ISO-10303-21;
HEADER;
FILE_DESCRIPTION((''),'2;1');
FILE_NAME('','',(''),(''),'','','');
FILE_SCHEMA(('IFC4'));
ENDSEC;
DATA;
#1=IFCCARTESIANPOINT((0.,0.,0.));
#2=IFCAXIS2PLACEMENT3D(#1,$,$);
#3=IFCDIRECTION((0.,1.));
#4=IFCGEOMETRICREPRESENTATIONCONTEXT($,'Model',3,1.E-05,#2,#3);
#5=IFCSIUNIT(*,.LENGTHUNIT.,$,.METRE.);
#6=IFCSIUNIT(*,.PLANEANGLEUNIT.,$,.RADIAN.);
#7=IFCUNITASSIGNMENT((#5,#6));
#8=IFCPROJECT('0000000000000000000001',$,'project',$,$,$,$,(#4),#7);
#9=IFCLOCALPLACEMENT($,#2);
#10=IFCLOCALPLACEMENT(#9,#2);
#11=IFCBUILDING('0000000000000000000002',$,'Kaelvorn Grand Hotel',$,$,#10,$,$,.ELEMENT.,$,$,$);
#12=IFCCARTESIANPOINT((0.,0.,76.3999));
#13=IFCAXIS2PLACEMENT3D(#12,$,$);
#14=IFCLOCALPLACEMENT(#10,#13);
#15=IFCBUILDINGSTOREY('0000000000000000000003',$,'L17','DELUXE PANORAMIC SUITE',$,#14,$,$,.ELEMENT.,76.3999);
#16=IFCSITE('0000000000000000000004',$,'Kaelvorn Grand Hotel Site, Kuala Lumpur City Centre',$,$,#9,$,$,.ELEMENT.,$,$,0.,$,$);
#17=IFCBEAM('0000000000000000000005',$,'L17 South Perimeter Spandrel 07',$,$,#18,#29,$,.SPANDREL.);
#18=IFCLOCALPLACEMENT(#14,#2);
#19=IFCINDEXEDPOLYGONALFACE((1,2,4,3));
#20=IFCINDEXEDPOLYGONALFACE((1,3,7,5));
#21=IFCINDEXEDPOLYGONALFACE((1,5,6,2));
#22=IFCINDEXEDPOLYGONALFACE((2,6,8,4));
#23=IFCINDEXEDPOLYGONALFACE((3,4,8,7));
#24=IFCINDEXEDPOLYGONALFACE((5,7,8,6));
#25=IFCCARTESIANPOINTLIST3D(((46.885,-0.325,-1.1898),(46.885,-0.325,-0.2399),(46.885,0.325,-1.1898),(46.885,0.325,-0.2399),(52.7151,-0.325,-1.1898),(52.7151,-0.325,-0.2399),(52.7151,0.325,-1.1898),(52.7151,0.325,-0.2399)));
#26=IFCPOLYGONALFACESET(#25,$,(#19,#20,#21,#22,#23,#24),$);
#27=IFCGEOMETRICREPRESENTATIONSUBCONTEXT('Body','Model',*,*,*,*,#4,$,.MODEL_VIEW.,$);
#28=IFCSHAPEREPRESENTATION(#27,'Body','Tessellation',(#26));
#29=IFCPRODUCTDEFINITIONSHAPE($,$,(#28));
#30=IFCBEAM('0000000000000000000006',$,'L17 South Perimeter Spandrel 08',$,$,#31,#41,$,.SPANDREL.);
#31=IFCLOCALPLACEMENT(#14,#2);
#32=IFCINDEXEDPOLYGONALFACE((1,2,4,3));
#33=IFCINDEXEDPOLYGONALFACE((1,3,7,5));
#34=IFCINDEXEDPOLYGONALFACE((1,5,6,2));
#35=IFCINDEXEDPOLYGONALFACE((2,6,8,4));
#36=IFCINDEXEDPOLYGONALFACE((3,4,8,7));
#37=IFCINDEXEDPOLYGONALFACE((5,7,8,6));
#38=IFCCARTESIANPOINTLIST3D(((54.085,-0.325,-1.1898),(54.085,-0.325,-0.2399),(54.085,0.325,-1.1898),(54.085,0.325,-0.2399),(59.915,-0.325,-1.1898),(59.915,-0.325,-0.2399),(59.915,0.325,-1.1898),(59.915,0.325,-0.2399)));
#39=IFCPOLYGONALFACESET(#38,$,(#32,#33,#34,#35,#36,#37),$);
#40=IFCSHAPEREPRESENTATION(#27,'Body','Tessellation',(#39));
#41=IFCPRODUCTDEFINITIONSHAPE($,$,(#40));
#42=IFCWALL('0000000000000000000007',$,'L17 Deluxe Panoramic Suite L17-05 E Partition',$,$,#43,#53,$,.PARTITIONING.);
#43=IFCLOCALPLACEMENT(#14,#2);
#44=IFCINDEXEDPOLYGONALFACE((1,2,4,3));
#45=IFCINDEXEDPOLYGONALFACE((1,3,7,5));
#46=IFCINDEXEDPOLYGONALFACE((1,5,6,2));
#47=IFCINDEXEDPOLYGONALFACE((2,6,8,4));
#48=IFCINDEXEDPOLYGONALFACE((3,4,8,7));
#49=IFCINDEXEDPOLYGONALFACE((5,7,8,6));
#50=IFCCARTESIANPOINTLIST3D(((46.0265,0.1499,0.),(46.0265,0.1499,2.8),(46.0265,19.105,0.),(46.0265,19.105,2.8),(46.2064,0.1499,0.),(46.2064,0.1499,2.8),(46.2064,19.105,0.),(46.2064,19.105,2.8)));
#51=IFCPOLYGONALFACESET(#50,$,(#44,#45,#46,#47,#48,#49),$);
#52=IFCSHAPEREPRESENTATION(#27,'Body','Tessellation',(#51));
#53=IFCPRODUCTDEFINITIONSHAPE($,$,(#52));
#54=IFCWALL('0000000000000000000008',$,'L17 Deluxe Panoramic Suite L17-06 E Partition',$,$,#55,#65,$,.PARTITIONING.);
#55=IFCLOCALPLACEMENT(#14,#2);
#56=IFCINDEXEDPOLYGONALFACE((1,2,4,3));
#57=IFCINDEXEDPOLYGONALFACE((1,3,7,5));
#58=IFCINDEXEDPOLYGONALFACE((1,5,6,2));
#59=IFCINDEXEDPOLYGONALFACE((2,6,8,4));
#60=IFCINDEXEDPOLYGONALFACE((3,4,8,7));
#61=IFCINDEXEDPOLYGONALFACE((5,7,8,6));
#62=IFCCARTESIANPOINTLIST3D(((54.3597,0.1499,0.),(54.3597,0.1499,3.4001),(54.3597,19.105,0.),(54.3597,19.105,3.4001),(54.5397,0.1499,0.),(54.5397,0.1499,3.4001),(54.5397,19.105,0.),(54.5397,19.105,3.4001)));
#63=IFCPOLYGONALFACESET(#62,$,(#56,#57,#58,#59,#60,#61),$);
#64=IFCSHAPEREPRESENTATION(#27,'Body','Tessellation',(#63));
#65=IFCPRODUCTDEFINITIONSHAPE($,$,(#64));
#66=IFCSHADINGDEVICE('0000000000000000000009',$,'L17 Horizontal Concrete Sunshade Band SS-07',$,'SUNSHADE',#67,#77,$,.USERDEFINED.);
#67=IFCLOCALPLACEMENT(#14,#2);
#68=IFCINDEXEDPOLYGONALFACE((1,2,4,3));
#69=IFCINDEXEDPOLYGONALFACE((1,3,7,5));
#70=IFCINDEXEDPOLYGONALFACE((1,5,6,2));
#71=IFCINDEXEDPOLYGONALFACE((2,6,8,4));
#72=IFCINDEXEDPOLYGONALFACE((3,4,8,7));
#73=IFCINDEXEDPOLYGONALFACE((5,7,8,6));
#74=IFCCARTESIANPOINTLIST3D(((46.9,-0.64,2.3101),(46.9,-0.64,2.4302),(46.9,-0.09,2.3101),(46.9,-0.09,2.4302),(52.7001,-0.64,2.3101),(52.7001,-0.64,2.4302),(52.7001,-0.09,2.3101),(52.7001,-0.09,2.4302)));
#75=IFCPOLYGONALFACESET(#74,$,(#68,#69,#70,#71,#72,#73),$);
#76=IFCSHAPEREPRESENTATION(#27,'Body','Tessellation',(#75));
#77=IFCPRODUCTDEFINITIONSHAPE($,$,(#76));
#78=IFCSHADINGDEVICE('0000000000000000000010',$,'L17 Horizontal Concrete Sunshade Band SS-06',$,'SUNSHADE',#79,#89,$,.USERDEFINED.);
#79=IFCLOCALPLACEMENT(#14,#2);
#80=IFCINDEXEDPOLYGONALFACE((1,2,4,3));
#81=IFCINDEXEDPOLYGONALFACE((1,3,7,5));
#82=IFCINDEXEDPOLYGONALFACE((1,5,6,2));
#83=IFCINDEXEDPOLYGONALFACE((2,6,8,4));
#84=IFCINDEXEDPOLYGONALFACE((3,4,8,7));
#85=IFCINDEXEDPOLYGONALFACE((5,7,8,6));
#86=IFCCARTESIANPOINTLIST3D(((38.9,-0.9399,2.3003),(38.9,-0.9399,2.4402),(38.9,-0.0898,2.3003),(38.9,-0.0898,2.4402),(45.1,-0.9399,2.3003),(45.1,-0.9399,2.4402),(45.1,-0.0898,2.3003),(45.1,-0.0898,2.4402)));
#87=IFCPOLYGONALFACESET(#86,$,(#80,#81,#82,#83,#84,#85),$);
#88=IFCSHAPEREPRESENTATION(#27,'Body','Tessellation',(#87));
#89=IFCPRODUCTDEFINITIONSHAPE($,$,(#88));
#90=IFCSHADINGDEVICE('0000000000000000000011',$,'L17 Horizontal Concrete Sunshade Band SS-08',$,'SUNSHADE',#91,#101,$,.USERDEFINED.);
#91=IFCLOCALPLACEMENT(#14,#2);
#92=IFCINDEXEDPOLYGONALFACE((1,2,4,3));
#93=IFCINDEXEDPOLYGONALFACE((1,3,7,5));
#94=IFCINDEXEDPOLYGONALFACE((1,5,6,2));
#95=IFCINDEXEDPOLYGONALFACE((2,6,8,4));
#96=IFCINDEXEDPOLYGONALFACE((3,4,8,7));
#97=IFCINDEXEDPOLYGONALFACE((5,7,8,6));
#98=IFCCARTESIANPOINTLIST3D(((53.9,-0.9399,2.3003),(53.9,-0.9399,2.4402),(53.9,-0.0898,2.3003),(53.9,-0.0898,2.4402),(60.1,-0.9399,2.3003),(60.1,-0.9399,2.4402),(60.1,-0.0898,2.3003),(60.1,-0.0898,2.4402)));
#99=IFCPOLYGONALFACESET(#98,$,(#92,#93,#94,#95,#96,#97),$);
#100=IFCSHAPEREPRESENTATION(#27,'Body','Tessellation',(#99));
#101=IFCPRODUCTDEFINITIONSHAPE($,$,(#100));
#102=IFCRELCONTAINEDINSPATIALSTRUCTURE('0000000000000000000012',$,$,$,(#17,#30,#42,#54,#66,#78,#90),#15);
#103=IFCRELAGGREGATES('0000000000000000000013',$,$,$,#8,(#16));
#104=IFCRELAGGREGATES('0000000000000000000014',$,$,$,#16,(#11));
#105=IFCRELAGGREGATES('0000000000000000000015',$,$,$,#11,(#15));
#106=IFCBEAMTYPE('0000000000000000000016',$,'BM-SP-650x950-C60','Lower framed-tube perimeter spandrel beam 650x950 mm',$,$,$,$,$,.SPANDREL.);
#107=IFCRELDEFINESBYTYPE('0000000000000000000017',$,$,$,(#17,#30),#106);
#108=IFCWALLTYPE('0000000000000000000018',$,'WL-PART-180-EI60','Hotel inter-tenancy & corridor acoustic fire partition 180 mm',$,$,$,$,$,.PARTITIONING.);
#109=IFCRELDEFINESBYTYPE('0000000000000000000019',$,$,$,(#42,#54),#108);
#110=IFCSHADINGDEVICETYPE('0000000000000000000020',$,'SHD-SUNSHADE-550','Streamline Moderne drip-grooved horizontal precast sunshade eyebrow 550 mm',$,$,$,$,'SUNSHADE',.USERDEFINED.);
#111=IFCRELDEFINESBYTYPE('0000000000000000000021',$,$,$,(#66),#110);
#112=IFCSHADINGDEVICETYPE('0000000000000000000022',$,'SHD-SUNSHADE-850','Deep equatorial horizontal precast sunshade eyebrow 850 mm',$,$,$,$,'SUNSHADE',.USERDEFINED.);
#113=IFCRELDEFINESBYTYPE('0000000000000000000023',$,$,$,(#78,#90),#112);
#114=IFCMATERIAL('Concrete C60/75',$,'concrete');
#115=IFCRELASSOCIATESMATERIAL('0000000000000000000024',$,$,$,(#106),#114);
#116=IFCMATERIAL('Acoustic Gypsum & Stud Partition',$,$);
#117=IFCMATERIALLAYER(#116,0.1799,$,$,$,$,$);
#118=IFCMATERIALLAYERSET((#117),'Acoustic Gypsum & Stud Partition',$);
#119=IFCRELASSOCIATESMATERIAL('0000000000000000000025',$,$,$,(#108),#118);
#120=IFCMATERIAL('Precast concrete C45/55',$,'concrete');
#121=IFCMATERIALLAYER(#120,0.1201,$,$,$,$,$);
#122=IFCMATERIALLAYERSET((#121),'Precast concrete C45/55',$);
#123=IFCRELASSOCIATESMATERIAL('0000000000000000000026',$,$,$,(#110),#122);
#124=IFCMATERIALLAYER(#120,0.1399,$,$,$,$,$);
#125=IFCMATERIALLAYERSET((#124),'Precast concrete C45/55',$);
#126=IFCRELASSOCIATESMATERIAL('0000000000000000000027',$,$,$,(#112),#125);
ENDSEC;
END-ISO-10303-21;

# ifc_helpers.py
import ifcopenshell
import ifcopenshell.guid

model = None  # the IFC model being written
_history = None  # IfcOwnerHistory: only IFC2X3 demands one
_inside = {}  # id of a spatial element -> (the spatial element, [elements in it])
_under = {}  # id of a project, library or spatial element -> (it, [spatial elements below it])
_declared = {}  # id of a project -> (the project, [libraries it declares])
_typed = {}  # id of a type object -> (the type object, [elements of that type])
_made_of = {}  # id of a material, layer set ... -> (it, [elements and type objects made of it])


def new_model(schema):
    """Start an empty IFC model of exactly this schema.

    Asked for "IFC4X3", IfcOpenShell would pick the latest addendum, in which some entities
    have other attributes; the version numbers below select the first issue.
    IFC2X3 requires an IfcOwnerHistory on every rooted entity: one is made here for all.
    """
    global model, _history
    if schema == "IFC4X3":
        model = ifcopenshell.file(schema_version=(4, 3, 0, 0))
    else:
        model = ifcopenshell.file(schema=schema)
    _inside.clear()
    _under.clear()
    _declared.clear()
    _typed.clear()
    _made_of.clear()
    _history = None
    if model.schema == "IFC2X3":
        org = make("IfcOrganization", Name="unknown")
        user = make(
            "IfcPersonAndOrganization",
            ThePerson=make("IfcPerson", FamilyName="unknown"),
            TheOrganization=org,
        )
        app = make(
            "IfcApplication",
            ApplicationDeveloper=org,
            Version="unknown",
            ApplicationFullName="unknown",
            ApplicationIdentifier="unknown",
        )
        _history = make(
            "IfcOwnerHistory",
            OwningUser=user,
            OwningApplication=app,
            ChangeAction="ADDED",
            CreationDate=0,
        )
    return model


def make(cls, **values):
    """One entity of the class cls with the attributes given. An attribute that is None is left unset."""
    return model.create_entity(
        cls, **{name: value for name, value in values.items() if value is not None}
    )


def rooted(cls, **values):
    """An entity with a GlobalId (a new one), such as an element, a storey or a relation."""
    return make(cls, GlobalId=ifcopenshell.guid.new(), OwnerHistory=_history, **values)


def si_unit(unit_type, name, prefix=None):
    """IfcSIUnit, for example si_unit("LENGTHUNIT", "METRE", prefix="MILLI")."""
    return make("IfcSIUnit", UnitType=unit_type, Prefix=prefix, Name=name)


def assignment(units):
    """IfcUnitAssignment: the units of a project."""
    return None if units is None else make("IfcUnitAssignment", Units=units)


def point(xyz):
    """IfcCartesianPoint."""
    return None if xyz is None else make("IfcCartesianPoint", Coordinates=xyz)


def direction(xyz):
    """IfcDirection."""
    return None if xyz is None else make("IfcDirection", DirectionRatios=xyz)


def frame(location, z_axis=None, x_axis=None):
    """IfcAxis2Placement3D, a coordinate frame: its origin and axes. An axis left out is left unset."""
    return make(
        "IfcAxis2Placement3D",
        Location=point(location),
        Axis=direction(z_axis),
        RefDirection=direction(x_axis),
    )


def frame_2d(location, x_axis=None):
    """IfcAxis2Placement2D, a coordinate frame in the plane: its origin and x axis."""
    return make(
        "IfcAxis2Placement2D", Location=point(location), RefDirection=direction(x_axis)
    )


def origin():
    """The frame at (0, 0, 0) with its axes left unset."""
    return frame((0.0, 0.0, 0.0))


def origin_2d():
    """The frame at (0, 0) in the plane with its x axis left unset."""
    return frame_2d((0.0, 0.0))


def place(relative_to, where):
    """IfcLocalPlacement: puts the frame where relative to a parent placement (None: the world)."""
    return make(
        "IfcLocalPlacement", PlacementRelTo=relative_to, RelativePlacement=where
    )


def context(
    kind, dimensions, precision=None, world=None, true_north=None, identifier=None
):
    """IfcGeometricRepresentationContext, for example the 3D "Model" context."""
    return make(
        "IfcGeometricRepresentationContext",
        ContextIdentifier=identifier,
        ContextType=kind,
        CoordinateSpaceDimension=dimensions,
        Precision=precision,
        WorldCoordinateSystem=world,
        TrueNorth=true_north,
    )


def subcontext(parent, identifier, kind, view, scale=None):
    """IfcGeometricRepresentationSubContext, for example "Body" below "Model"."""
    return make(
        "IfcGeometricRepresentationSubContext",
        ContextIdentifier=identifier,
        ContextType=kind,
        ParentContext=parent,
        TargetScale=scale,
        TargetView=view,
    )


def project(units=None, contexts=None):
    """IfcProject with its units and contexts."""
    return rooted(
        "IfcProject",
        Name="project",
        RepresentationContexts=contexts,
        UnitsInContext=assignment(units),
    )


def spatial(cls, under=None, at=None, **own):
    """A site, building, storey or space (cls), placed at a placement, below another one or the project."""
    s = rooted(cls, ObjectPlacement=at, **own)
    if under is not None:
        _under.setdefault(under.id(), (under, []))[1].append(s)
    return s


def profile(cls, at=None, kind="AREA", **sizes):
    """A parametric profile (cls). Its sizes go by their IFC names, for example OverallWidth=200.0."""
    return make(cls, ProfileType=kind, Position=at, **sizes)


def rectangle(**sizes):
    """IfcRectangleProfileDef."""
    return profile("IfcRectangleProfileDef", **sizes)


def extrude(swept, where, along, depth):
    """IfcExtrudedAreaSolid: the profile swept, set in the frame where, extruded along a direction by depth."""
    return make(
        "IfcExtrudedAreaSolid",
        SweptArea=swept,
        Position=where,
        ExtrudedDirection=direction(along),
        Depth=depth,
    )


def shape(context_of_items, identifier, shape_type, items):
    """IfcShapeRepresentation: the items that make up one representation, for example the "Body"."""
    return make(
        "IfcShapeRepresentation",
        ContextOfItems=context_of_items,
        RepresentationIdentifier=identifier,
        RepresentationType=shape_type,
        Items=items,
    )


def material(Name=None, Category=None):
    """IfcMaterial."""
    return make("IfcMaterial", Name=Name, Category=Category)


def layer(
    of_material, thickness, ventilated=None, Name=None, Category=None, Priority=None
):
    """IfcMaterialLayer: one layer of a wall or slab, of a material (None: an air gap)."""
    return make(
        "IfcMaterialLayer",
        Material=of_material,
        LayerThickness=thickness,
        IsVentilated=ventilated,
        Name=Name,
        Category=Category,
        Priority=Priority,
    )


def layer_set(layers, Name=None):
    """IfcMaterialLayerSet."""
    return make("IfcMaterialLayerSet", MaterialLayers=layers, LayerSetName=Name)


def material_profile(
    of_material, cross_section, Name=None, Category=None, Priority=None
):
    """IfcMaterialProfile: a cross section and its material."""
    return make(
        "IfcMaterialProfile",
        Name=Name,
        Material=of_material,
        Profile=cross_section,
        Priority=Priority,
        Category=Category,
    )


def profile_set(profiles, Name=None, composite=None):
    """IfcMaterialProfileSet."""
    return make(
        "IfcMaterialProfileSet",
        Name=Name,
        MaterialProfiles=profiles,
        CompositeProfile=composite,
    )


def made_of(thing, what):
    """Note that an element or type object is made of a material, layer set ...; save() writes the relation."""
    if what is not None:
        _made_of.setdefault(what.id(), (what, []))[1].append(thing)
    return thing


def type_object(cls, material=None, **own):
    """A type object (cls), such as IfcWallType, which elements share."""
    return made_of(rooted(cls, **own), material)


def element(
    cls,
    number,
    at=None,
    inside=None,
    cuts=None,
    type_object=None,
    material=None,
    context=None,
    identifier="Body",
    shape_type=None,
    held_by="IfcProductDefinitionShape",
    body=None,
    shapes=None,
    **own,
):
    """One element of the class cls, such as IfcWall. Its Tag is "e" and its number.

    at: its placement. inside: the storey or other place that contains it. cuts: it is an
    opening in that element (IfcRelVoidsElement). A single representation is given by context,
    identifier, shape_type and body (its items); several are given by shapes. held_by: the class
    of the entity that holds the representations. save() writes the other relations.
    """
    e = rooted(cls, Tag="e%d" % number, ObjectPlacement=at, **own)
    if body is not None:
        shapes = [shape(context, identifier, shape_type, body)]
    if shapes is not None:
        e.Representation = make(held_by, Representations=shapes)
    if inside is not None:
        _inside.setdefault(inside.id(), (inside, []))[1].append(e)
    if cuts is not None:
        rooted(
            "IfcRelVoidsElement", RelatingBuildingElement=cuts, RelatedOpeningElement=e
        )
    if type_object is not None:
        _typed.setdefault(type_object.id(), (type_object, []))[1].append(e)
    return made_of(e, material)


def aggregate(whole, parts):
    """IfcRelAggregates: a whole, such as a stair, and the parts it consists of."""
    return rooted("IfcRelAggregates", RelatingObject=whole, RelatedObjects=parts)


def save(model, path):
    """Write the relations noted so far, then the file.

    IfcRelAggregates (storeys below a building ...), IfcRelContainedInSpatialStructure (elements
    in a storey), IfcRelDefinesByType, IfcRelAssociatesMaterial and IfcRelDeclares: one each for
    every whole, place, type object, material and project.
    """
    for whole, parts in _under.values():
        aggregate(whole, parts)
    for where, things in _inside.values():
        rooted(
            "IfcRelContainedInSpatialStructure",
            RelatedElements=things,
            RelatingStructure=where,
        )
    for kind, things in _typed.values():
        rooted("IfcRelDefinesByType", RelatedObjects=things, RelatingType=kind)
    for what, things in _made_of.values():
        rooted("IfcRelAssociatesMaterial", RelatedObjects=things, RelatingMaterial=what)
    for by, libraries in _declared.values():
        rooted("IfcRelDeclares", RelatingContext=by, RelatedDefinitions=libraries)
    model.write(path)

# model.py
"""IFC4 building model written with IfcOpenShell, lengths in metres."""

from ifc_helpers import new_model, si_unit, direction, frame, frame_2d, origin, origin_2d, place, context, subcontext, project, spatial, rectangle, extrude, material, layer, layer_set, material_profile, profile_set, type_object, element, save


model = new_model("IFC4")

# Units and contexts
model_context = context("Model", 3, precision=1e-05, world=origin(), true_north=direction((0.0, 1.0)))
body_context = subcontext(model_context, "Body", "Model", "MODEL_VIEW")
ifc_project = project(units=[si_unit("LENGTHUNIT", "METRE"), si_unit("PLANEANGLEUNIT", "RADIAN")], contexts=[model_context])

# Site, building, storey
site_placement = place(None, origin())
site = spatial("IfcSite", under=ifc_project, at=site_placement, Name="Kaelvorn Grand Hotel Site, Kuala Lumpur City Centre", CompositionType="ELEMENT", RefElevation=0.0)
building_placement = place(site_placement, origin())
building = spatial("IfcBuilding", under=site, at=building_placement, Name="Kaelvorn Grand Hotel", CompositionType="ELEMENT")
storey_placement = place(building_placement, frame((0.0, 0.0, 76.3999)))
storey = spatial("IfcBuildingStorey", under=building, at=storey_placement, Name="L17", Description="DELUXE PANORAMIC SUITE", CompositionType="ELEMENT", Elevation=76.3999)

# Beams
ifc_material_1 = material(Name="Concrete C60/75", Category="concrete")
ifc_material_profile_1 = material_profile(ifc_material_1, rectangle(XDim=0.6499, YDim=0.95, at=origin_2d()), Name="RC SPANDREL 650x950")
ifc_profile_set_1 = profile_set([ifc_material_profile_1], Name="Concrete C60/75")
beam_type_1 = type_object("IfcBeamType", Name="BM-SP-650x950-C60", Description="Lower framed-tube perimeter spandrel beam 650x950 mm", PredefinedType="SPANDREL", material=ifc_profile_set_1)
for number, where, z_axis, x_axis, name in (
    (1, (46.885, 0.0, -0.7148), (1.0, 0.0, 0.0), (0.0, 1.0, 0.0), "L17 South Perimeter Spandrel 07"),
    (2, (54.085, 0.0, -0.7148), (1.0, 0.0, 0.0), (0.0, 1.0, 0.0), "L17 South Perimeter Spandrel 08"),
):
    element("IfcBeam", number, at=place(storey_placement, frame(where, z_axis=z_axis, x_axis=x_axis)), inside=storey, type_object=beam_type_1, Name=name, PredefinedType="SPANDREL", context=body_context, shape_type="SweptSolid", body=[
        extrude(rectangle(XDim=0.6499, YDim=0.95, at=origin_2d()), origin(), (0.0, 0.0, 1.0), 5.8301),
    ])

# Walls
ifc_material_2 = material(Name="Acoustic Gypsum & Stud Partition")
ifc_layer_1 = layer(ifc_material_2, 0.1799)
ifc_layer_set_1 = layer_set([ifc_layer_1], Name="Acoustic Gypsum & Stud Partition")
wall_type = type_object("IfcWallType", Name="WL-PART-180-EI60", Description="Hotel inter-tenancy & corridor acoustic fire partition 180 mm", PredefinedType="PARTITIONING", material=ifc_layer_set_1)
wall_1_placement = place(storey_placement, frame((46.1165, 0.1499, 0.0), z_axis=(0.0, 0.0, 1.0), x_axis=(0.0, 1.0, 0.0)))
element("IfcWall", 3, at=wall_1_placement, inside=storey, type_object=wall_type, Name="L17 Deluxe Panoramic Suite L17-05 E Partition", PredefinedType="PARTITIONING", context=body_context, shape_type="SweptSolid", body=[
    extrude(rectangle(XDim=18.9551, YDim=0.1799, at=frame_2d((9.4775, 0.0))), origin(), (0.0, 0.0, 1.0), 2.8),
])
wall_2_placement = place(storey_placement, frame((54.4497, 0.1499, 0.0), z_axis=(0.0, 0.0, 1.0), x_axis=(0.0, 1.0, 0.0)))
element("IfcWall", 4, at=wall_2_placement, inside=storey, type_object=wall_type, Name="L17 Deluxe Panoramic Suite L17-06 E Partition", PredefinedType="PARTITIONING", context=body_context, shape_type="SweptSolid", body=[
    extrude(rectangle(XDim=18.9551, YDim=0.1799, at=frame_2d((9.4775, 0.0))), origin(), (0.0, 0.0, 1.0), 3.4001),
])

# Shading devices
ifc_material_3 = material(Name="Precast concrete C45/55", Category="concrete")
ifc_layer_2 = layer(ifc_material_3, 0.1201)
ifc_layer_set_2 = layer_set([ifc_layer_2], Name="Precast concrete C45/55")
shading_device_type_1 = type_object("IfcShadingDeviceType", Name="SHD-SUNSHADE-550", Description="Streamline Moderne drip-grooved horizontal precast sunshade eyebrow 550 mm", ElementType="SUNSHADE", PredefinedType="USERDEFINED", material=ifc_layer_set_2)
shading_device_placement = place(storey_placement, frame((49.8, -0.365, 2.3101), z_axis=(0.0, 0.0, 1.0), x_axis=(1.0, 0.0, 0.0)))
element("IfcShadingDevice", 5, at=shading_device_placement, inside=storey, type_object=shading_device_type_1, Name="L17 Horizontal Concrete Sunshade Band SS-07", ObjectType="SUNSHADE", PredefinedType="USERDEFINED", context=body_context, shape_type="SweptSolid", body=[
    extrude(rectangle(XDim=5.8, YDim=0.55, at=origin_2d()), origin(), (0.0, 0.0, 1.0), 0.1201),
])
ifc_layer_3 = layer(ifc_material_3, 0.1399)
ifc_layer_set_3 = layer_set([ifc_layer_3], Name="Precast concrete C45/55")
shading_device_type_2 = type_object("IfcShadingDeviceType", Name="SHD-SUNSHADE-850", Description="Deep equatorial horizontal precast sunshade eyebrow 850 mm", ElementType="SUNSHADE", PredefinedType="USERDEFINED", material=ifc_layer_set_3)
for number, where, z_axis, x_axis, name in (
    (6, (42.0, -0.5149, 2.3003), (0.0, 0.0, 1.0), (1.0, 0.0, 0.0), "L17 Horizontal Concrete Sunshade Band SS-06"),
    (7, (57.0, -0.5149, 2.3003), (0.0, 0.0, 1.0), (1.0, 0.0, 0.0), "L17 Horizontal Concrete Sunshade Band SS-08"),
):
    element("IfcShadingDevice", number, at=place(storey_placement, frame(where, z_axis=z_axis, x_axis=x_axis)), inside=storey, type_object=shading_device_type_2, Name=name, ObjectType="SUNSHADE", PredefinedType="USERDEFINED", context=body_context, shape_type="SweptSolid", body=[
        extrude(rectangle(XDim=6.2, YDim=0.8501, at=origin_2d()), origin(), (0.0, 0.0, 1.0), 0.1399),
    ])

save(model, "model.ifc")
